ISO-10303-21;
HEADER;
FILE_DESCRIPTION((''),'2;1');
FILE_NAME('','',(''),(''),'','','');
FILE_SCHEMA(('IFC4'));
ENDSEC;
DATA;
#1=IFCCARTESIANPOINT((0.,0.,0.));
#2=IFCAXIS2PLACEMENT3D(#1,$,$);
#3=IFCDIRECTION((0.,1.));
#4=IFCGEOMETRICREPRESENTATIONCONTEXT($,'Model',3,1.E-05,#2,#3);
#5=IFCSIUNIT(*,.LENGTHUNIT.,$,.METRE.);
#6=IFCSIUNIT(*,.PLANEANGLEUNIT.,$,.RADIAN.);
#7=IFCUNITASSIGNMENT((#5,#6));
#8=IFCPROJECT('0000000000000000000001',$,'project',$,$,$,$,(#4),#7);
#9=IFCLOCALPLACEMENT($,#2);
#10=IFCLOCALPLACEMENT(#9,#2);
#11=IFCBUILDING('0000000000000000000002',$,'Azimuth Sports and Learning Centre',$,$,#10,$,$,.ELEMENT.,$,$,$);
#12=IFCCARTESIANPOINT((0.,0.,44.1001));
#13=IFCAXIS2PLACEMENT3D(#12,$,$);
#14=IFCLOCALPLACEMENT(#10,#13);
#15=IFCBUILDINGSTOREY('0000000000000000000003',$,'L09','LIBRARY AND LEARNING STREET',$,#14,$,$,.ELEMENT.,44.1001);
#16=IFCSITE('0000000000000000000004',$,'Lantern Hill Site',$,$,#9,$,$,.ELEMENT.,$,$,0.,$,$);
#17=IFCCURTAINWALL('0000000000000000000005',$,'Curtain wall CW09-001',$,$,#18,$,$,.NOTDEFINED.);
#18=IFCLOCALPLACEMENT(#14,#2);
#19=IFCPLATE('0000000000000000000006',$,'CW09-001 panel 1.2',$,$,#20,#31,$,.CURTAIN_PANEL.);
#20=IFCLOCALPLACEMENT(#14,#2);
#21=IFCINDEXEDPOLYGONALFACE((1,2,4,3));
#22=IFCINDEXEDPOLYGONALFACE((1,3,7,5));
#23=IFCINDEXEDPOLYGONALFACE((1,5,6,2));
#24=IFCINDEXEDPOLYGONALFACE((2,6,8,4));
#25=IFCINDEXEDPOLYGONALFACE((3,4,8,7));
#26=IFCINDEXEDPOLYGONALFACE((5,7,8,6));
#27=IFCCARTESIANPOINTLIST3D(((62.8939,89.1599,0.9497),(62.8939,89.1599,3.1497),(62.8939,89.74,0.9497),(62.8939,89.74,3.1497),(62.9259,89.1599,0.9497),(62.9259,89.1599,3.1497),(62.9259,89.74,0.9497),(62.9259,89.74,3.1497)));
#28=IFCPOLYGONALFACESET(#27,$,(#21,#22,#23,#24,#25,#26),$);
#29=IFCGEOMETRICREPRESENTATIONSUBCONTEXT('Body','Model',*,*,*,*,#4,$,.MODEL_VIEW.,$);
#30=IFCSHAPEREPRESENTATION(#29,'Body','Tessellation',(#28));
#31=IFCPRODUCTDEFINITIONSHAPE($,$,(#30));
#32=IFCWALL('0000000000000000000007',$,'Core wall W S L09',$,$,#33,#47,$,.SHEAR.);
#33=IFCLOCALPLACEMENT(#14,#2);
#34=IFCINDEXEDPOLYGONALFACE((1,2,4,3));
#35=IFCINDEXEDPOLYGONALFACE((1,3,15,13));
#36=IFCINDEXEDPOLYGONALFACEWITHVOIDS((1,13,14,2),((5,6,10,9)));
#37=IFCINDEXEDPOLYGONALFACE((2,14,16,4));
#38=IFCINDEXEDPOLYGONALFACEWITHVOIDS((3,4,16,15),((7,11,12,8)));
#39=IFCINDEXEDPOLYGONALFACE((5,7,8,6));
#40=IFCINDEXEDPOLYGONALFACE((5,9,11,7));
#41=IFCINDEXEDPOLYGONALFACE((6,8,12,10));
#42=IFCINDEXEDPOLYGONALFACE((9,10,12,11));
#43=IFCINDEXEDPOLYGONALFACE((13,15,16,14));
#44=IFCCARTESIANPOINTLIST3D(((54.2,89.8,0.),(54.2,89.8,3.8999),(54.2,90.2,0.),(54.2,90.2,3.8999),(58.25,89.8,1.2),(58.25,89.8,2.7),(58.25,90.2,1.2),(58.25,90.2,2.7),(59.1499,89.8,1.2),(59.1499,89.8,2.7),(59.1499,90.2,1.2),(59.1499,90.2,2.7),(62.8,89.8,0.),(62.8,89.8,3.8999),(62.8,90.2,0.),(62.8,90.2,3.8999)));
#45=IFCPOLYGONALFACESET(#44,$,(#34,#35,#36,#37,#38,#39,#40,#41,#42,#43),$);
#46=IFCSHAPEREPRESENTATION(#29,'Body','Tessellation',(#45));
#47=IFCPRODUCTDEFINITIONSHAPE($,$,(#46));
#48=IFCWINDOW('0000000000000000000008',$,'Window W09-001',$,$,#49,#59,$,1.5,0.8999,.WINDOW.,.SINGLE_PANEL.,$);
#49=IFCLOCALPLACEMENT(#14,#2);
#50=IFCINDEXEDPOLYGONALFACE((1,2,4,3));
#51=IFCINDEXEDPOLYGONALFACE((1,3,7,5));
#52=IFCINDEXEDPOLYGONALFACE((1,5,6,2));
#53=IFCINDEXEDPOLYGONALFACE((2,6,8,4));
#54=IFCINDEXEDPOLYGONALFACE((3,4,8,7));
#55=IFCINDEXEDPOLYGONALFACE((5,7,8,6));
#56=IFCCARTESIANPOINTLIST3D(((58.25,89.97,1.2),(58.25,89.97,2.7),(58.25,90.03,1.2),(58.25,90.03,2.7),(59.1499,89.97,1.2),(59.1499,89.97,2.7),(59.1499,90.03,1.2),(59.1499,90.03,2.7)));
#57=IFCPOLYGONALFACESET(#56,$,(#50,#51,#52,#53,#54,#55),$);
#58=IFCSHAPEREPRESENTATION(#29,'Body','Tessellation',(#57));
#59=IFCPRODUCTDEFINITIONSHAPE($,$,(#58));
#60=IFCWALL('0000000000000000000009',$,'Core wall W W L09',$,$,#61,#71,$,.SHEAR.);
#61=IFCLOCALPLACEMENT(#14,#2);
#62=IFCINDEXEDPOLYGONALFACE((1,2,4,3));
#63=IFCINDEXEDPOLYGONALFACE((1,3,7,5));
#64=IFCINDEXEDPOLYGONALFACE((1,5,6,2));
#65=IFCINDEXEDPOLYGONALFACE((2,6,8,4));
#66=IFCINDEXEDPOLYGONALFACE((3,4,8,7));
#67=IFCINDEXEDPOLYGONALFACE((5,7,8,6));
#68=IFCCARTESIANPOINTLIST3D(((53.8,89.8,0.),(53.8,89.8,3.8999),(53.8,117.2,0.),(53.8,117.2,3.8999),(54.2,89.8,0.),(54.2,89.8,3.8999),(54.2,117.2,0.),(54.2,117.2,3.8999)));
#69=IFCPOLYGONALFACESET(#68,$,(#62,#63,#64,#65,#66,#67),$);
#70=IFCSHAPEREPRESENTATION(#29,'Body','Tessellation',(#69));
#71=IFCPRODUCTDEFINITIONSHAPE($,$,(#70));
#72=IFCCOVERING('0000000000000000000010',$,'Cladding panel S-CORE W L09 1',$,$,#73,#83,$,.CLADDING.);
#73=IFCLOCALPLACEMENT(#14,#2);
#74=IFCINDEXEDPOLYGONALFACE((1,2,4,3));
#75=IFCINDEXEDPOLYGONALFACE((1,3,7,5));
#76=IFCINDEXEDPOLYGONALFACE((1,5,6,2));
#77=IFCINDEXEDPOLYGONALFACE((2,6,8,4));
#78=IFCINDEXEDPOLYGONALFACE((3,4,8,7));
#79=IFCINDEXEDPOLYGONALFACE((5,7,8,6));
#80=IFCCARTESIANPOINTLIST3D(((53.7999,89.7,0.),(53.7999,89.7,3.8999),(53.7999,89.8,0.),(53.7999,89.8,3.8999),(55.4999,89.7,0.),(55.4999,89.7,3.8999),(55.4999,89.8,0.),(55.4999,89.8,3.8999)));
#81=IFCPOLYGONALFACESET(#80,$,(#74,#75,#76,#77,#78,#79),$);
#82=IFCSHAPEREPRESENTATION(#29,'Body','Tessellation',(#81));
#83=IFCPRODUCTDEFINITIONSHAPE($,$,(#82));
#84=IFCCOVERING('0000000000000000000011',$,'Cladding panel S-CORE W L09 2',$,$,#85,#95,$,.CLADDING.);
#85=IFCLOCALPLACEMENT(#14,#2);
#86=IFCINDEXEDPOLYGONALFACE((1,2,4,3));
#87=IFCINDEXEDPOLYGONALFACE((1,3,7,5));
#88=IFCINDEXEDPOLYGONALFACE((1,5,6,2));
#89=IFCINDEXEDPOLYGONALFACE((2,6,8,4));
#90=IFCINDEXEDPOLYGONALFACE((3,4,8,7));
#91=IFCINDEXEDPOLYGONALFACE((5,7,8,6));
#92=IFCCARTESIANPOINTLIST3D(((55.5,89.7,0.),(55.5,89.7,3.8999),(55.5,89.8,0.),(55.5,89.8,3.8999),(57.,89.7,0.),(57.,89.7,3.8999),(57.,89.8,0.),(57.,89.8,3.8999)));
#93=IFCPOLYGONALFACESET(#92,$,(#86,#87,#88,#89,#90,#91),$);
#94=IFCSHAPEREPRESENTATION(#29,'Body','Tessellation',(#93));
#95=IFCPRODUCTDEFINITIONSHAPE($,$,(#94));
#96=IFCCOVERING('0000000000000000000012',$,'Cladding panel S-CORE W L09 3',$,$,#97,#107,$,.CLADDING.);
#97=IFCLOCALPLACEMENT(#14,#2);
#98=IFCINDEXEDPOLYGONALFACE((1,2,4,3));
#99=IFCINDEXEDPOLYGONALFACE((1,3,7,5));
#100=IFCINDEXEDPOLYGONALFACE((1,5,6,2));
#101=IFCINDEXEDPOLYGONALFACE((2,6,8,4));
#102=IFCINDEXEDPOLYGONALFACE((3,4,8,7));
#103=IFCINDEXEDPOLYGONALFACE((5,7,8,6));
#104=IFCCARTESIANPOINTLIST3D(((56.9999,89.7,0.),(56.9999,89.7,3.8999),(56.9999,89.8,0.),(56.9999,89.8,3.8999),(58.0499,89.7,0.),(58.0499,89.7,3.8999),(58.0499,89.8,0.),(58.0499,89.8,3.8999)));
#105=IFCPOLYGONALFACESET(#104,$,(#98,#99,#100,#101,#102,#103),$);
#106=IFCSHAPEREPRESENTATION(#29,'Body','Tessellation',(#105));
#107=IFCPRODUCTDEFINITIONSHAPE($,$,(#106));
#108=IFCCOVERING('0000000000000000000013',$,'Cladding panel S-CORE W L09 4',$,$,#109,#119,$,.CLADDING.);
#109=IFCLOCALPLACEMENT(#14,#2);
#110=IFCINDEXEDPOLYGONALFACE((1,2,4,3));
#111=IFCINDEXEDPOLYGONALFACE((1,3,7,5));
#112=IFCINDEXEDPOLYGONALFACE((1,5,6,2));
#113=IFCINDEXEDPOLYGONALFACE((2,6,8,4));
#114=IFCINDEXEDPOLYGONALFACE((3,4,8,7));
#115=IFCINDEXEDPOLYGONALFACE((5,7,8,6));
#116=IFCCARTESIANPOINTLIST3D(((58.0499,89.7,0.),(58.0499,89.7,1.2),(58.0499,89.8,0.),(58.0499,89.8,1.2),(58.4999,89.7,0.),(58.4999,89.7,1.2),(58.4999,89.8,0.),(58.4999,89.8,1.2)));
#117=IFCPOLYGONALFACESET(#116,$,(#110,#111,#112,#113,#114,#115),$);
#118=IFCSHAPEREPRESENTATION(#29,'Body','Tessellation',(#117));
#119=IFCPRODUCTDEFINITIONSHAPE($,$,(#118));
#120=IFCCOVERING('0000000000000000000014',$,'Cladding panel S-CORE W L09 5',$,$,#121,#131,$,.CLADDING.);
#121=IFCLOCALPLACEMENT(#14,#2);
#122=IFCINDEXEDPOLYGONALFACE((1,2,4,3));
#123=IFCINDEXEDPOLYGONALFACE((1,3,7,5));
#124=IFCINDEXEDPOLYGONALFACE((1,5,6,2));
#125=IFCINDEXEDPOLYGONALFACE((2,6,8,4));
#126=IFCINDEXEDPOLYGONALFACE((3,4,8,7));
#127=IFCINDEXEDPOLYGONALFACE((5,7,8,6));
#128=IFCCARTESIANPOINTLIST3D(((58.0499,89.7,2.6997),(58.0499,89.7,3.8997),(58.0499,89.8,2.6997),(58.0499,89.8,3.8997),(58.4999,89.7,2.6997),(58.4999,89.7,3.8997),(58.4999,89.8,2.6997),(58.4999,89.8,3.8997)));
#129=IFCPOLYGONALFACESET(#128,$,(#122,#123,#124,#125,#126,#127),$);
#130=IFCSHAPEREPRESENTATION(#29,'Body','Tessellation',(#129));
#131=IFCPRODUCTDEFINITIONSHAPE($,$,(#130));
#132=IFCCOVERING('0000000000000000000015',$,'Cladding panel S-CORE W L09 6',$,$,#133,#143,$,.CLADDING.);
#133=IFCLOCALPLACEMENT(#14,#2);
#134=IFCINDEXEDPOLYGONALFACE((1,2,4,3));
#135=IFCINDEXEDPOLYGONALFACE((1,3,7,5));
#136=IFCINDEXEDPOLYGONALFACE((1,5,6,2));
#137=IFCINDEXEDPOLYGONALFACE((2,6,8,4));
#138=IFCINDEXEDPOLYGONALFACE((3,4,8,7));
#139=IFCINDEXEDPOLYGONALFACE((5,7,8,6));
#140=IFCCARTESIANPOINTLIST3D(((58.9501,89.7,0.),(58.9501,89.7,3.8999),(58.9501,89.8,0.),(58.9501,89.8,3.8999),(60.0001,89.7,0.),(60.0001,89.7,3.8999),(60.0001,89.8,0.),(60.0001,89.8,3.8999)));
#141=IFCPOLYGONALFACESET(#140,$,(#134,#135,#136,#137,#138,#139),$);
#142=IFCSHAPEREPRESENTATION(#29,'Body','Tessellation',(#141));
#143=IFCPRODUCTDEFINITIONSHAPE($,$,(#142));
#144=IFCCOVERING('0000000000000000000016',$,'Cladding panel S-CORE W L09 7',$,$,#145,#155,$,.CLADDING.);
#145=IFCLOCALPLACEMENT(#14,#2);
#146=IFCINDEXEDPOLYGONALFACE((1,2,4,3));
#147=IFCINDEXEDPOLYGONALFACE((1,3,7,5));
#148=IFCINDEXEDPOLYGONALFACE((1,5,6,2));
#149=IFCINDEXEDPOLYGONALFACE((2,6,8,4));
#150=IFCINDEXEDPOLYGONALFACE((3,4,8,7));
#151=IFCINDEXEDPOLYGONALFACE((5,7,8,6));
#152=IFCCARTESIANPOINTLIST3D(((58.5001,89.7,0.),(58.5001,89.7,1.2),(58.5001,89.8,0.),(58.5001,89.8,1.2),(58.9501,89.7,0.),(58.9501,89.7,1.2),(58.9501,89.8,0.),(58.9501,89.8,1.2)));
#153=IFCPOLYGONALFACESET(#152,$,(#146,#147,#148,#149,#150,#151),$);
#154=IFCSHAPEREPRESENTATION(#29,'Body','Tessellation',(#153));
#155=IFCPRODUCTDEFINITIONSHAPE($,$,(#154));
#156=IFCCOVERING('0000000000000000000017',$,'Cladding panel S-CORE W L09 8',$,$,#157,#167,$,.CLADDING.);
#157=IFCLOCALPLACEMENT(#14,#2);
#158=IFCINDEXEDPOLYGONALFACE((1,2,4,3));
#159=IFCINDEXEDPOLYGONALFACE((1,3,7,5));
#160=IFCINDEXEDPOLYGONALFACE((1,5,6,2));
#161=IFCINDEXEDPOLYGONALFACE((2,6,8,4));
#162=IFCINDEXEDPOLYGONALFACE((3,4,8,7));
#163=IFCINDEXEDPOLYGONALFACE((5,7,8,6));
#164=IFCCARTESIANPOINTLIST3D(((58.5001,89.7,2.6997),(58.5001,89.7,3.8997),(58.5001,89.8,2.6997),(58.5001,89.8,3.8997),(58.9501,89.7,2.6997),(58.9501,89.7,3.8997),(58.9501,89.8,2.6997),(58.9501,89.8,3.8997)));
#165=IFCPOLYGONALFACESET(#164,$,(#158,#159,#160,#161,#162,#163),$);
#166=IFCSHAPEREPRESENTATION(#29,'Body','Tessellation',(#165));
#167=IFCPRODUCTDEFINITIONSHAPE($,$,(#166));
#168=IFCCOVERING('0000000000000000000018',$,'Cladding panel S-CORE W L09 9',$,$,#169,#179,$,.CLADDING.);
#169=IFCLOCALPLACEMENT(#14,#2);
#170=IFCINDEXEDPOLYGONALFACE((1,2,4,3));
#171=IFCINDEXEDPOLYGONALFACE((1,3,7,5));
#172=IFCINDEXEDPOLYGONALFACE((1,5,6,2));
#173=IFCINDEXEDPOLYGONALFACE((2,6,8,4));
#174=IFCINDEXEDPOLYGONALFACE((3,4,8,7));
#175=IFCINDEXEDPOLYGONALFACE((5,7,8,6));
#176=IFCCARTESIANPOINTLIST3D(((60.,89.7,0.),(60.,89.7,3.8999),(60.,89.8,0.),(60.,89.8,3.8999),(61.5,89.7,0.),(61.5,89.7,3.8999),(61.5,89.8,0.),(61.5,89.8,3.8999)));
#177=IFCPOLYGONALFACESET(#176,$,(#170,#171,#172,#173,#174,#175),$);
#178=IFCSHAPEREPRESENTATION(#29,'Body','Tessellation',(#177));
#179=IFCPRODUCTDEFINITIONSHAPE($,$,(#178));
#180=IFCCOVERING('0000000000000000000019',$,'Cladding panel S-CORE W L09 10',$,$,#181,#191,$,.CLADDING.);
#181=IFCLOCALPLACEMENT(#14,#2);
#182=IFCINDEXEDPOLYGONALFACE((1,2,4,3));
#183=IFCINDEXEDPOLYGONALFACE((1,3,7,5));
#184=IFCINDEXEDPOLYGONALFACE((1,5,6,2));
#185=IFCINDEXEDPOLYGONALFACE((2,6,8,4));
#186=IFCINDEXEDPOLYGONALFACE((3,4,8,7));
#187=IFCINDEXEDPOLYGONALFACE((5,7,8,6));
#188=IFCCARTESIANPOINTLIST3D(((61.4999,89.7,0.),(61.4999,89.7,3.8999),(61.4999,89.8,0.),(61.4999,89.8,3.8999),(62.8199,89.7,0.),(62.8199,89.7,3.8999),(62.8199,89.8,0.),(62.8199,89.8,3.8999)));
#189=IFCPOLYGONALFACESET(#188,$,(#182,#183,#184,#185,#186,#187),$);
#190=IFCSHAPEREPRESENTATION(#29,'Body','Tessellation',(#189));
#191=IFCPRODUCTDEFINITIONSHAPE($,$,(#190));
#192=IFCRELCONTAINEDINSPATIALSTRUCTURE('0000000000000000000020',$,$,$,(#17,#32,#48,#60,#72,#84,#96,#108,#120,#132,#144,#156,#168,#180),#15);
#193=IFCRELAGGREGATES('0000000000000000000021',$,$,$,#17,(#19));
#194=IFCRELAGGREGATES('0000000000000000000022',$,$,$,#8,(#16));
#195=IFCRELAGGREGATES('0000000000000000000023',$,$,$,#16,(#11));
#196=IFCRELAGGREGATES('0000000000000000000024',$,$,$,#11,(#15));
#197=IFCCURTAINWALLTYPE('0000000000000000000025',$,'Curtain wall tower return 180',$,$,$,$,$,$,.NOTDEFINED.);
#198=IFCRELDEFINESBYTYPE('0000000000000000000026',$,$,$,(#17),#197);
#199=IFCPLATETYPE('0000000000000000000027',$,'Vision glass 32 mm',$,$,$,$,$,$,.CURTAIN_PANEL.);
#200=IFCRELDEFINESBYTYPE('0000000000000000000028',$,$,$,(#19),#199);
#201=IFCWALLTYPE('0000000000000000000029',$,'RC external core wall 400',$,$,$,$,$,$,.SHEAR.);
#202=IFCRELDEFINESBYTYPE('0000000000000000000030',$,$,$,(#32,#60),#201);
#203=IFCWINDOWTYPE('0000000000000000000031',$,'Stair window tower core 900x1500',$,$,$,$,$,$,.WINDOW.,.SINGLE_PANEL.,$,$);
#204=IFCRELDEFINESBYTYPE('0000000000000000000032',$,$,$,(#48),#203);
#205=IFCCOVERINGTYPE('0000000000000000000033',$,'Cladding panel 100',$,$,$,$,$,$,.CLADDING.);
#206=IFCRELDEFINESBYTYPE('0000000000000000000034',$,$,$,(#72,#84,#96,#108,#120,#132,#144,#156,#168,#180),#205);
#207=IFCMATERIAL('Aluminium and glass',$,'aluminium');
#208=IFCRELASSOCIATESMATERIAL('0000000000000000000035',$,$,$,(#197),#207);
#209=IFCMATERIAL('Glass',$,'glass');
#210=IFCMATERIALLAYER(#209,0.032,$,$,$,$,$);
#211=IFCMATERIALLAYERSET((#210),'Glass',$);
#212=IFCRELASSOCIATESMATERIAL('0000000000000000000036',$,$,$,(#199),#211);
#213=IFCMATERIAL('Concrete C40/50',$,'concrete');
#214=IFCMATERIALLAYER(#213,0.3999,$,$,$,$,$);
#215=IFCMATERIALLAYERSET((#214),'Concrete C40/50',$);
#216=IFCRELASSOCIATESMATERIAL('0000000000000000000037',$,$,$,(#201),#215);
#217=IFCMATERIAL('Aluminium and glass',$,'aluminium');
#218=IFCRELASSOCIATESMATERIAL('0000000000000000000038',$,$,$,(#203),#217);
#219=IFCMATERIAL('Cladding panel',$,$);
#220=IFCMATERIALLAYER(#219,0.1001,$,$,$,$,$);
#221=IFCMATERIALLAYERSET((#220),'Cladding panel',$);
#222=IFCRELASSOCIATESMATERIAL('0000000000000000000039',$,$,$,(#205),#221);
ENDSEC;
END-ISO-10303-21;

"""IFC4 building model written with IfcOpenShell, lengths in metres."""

from ifc_helpers import new_model, si_unit, direction, frame, frame_2d, origin, origin_2d, place, context, subcontext, project, spatial, rectangle, extrude, material, layer, layer_set, type_object, element, fill, aggregate, save


model = new_model("IFC4")

# Units and contexts
model_context = context("Model", 3, precision=1e-05, world=origin(), true_north=direction((0.0, 1.0)))
body_context = subcontext(model_context, "Body", "Model", "MODEL_VIEW")
ifc_project = project(units=[si_unit("LENGTHUNIT", "METRE"), si_unit("PLANEANGLEUNIT", "RADIAN")], contexts=[model_context])

# Site, building, storey
site_placement = place(None, origin())
site = spatial("IfcSite", under=ifc_project, at=site_placement, Name="Lantern Hill Site", CompositionType="ELEMENT", RefElevation=0.0)
building_placement = place(site_placement, origin())
building = spatial("IfcBuilding", under=site, at=building_placement, Name="Azimuth Sports and Learning Centre", CompositionType="ELEMENT")
storey_placement = place(building_placement, frame((0.0, 0.0, 44.1001)))
storey = spatial("IfcBuildingStorey", under=building, at=storey_placement, Name="L09", Description="LIBRARY AND LEARNING STREET", CompositionType="ELEMENT", Elevation=44.1001)

# Curtain wall, plate
ifc_material_1 = material(Name="Aluminium and glass", Category="aluminium")
curtain_wall_type = type_object("IfcCurtainWallType", Name="Curtain wall tower return 180", PredefinedType="NOTDEFINED", material=ifc_material_1)
curtain_wall_placement = place(storey_placement, origin())
curtain_wall = element("IfcCurtainWall", 1, at=curtain_wall_placement, inside=storey, type_object=curtain_wall_type, Name="Curtain wall CW09-001", PredefinedType="NOTDEFINED")
ifc_material_2 = material(Name="Glass", Category="glass")
ifc_layer_1 = layer(ifc_material_2, 0.032)
ifc_layer_set_1 = layer_set([ifc_layer_1], Name="Glass")
plate_type_1 = type_object("IfcPlateType", Name="Vision glass 32 mm", PredefinedType="CURTAIN_PANEL", material=ifc_layer_set_1)
plate_1_placement = place(storey_placement, frame((62.9099, 89.45, 0.9497), z_axis=(0.0, 0.0, 1.0), x_axis=(0.0, -1.0, 0.0)))
plate_1 = element("IfcPlate", 2, at=plate_1_placement, type_object=plate_type_1, Name="CW09-001 panel 1.2", PredefinedType="CURTAIN_PANEL", context=body_context, shape_type="SweptSolid", body=[
    extrude(rectangle(XDim=0.5801, YDim=0.032, at=origin_2d()), origin(), (0.0, 0.0, 1.0), 2.2),
])
aggregate(curtain_wall, [plate_1])

# Wall, opening, window
ifc_material_3 = material(Name="Concrete C40/50", Category="concrete")
ifc_layer_2 = layer(ifc_material_3, 0.3999)
ifc_layer_set_2 = layer_set([ifc_layer_2], Name="Concrete C40/50")
wall_type = type_object("IfcWallType", Name="RC external core wall 400", PredefinedType="SHEAR", material=ifc_layer_set_2)
wall_1_placement = place(storey_placement, frame((54.2, 90.0, 0.0), z_axis=(0.0, 0.0, 1.0), x_axis=(1.0, 0.0, 0.0)))
wall_1 = element("IfcWall", 3, at=wall_1_placement, inside=storey, type_object=wall_type, Name="Core wall W S L09", PredefinedType="SHEAR", context=body_context, shape_type="SweptSolid", body=[
    extrude(rectangle(XDim=8.6001, YDim=0.3999, at=frame_2d((4.3, 0.0))), origin(), (0.0, 0.0, 1.0), 3.8999),
])
opening_placement = place(wall_1_placement, frame((4.05, 0.0, 1.2)))
opening = element("IfcOpeningElement", 4, at=opening_placement, cuts=wall_1, PredefinedType="OPENING", context=body_context, shape_type="SweptSolid", body=[
    extrude(rectangle(XDim=0.8999, YDim=1.5, at=frame_2d((0.45, 0.75))), frame((0.0, 0.2109, 0.0), z_axis=(0.0, -1.0, 0.0), x_axis=(1.0, 0.0, 0.0)), (0.0, 0.0, 1.0), 0.4219),
])
ifc_material_4 = material(Name="Aluminium and glass", Category="aluminium")
window_type = type_object("IfcWindowType", Name="Stair window tower core 900x1500", PartitioningType="SINGLE_PANEL", PredefinedType="WINDOW", material=ifc_material_4)
window_placement = place(opening_placement, origin())
window = element("IfcWindow", 5, at=window_placement, inside=storey, type_object=window_type, Name="Window W09-001", OverallHeight=1.5, OverallWidth=0.8999, PartitioningType="SINGLE_PANEL", PredefinedType="WINDOW", context=body_context, shape_type="SweptSolid", body=[
    extrude(rectangle(XDim=0.8999, YDim=1.5, at=frame_2d((0.45, 0.75))), frame((0.0, 0.03, 0.0), z_axis=(0.0, -1.0, 0.0), x_axis=(1.0, 0.0, 0.0)), (0.0, 0.0, 1.0), 0.0601),
])
fill(opening, window)

# Wall
wall_2_placement = place(storey_placement, frame((54.0, 89.8, 0.0), z_axis=(0.0, 0.0, 1.0), x_axis=(0.0, 1.0, 0.0)))
element("IfcWall", 6, at=wall_2_placement, inside=storey, type_object=wall_type, Name="Core wall W W L09", PredefinedType="SHEAR", context=body_context, shape_type="SweptSolid", body=[
    extrude(rectangle(XDim=27.3999, YDim=0.3999, at=frame_2d((13.7, 0.0))), origin(), (0.0, 0.0, 1.0), 3.8999),
])

# Coverings
ifc_material_5 = material(Name="Cladding panel")
ifc_layer_3 = layer(ifc_material_5, 0.1001)
ifc_layer_set_3 = layer_set([ifc_layer_3], Name="Cladding panel")
covering_type = type_object("IfcCoveringType", Name="Cladding panel 100", PredefinedType="CLADDING", material=ifc_layer_set_3)
covering_1_placement = place(storey_placement, frame((54.6499, 89.75, 0.0), z_axis=(0.0, 0.0, 1.0), x_axis=(1.0, 0.0, 0.0)))
element("IfcCovering", 7, at=covering_1_placement, inside=storey, type_object=covering_type, Name="Cladding panel S-CORE W L09 1", PredefinedType="CLADDING", context=body_context, shape_type="SweptSolid", body=[
    extrude(rectangle(XDim=1.7, YDim=0.1001, at=origin_2d()), origin(), (0.0, 0.0, 1.0), 3.8999),
])
covering_2_placement = place(storey_placement, frame((56.25, 89.75, 0.0), z_axis=(0.0, 0.0, 1.0), x_axis=(1.0, 0.0, 0.0)))
element("IfcCovering", 8, at=covering_2_placement, inside=storey, type_object=covering_type, Name="Cladding panel S-CORE W L09 2", PredefinedType="CLADDING", context=body_context, shape_type="SweptSolid", body=[
    extrude(rectangle(XDim=1.5, YDim=0.1001, at=origin_2d()), origin(), (0.0, 0.0, 1.0), 3.8999),
])
covering_3_placement = place(storey_placement, frame((57.5249, 89.75, 0.0), z_axis=(0.0, 0.0, 1.0), x_axis=(1.0, 0.0, 0.0)))
element("IfcCovering", 9, at=covering_3_placement, inside=storey, type_object=covering_type, Name="Cladding panel S-CORE W L09 3", PredefinedType="CLADDING", context=body_context, shape_type="SweptSolid", body=[
    extrude(rectangle(XDim=1.05, YDim=0.1001, at=origin_2d()), origin(), (0.0, 0.0, 1.0), 3.8999),
])
for number, where, z_axis, x_axis, name in (
    (10, (58.2749, 89.75, 0.0), (0.0, 0.0, 1.0), (1.0, 0.0, 0.0), "Cladding panel S-CORE W L09 4"),
    (11, (58.2749, 89.75, 2.6997), (0.0, 0.0, 1.0), (1.0, 0.0, 0.0), "Cladding panel S-CORE W L09 5"),
):
    element("IfcCovering", number, at=place(storey_placement, frame(where, z_axis=z_axis, x_axis=x_axis)), inside=storey, type_object=covering_type, Name=name, PredefinedType="CLADDING", context=body_context, shape_type="SweptSolid", body=[
        extrude(rectangle(XDim=0.45, YDim=0.1001, at=origin_2d()), origin(), (0.0, 0.0, 1.0), 1.2),
    ])
covering_4_placement = place(storey_placement, frame((59.4751, 89.75, 0.0), z_axis=(0.0, 0.0, 1.0), x_axis=(1.0, 0.0, 0.0)))
element("IfcCovering", 12, at=covering_4_placement, inside=storey, type_object=covering_type, Name="Cladding panel S-CORE W L09 6", PredefinedType="CLADDING", context=body_context, shape_type="SweptSolid", body=[
    extrude(rectangle(XDim=1.05, YDim=0.1001, at=origin_2d()), origin(), (0.0, 0.0, 1.0), 3.8999),
])
for number, where, z_axis, x_axis, name in (
    (13, (58.7251, 89.75, 0.0), (0.0, 0.0, 1.0), (1.0, 0.0, 0.0), "Cladding panel S-CORE W L09 7"),
    (14, (58.7251, 89.75, 2.6997), (0.0, 0.0, 1.0), (1.0, 0.0, 0.0), "Cladding panel S-CORE W L09 8"),
):
    element("IfcCovering", number, at=place(storey_placement, frame(where, z_axis=z_axis, x_axis=x_axis)), inside=storey, type_object=covering_type, Name=name, PredefinedType="CLADDING", context=body_context, shape_type="SweptSolid", body=[
        extrude(rectangle(XDim=0.45, YDim=0.1001, at=origin_2d()), origin(), (0.0, 0.0, 1.0), 1.2),
    ])
covering_5_placement = place(storey_placement, frame((60.75, 89.75, 0.0), z_axis=(0.0, 0.0, 1.0), x_axis=(1.0, 0.0, 0.0)))
element("IfcCovering", 15, at=covering_5_placement, inside=storey, type_object=covering_type, Name="Cladding panel S-CORE W L09 9", PredefinedType="CLADDING", context=body_context, shape_type="SweptSolid", body=[
    extrude(rectangle(XDim=1.5, YDim=0.1001, at=origin_2d()), origin(), (0.0, 0.0, 1.0), 3.8999),
])
covering_6_placement = place(storey_placement, frame((62.1599, 89.75, 0.0), z_axis=(0.0, 0.0, 1.0), x_axis=(1.0, 0.0, 0.0)))
element("IfcCovering", 16, at=covering_6_placement, inside=storey, type_object=covering_type, Name="Cladding panel S-CORE W L09 10", PredefinedType="CLADDING", context=body_context, shape_type="SweptSolid", body=[
    extrude(rectangle(XDim=1.3201, YDim=0.1001, at=origin_2d()), origin(), (0.0, 0.0, 1.0), 3.8999),
])

save(model, "model.ifc")
